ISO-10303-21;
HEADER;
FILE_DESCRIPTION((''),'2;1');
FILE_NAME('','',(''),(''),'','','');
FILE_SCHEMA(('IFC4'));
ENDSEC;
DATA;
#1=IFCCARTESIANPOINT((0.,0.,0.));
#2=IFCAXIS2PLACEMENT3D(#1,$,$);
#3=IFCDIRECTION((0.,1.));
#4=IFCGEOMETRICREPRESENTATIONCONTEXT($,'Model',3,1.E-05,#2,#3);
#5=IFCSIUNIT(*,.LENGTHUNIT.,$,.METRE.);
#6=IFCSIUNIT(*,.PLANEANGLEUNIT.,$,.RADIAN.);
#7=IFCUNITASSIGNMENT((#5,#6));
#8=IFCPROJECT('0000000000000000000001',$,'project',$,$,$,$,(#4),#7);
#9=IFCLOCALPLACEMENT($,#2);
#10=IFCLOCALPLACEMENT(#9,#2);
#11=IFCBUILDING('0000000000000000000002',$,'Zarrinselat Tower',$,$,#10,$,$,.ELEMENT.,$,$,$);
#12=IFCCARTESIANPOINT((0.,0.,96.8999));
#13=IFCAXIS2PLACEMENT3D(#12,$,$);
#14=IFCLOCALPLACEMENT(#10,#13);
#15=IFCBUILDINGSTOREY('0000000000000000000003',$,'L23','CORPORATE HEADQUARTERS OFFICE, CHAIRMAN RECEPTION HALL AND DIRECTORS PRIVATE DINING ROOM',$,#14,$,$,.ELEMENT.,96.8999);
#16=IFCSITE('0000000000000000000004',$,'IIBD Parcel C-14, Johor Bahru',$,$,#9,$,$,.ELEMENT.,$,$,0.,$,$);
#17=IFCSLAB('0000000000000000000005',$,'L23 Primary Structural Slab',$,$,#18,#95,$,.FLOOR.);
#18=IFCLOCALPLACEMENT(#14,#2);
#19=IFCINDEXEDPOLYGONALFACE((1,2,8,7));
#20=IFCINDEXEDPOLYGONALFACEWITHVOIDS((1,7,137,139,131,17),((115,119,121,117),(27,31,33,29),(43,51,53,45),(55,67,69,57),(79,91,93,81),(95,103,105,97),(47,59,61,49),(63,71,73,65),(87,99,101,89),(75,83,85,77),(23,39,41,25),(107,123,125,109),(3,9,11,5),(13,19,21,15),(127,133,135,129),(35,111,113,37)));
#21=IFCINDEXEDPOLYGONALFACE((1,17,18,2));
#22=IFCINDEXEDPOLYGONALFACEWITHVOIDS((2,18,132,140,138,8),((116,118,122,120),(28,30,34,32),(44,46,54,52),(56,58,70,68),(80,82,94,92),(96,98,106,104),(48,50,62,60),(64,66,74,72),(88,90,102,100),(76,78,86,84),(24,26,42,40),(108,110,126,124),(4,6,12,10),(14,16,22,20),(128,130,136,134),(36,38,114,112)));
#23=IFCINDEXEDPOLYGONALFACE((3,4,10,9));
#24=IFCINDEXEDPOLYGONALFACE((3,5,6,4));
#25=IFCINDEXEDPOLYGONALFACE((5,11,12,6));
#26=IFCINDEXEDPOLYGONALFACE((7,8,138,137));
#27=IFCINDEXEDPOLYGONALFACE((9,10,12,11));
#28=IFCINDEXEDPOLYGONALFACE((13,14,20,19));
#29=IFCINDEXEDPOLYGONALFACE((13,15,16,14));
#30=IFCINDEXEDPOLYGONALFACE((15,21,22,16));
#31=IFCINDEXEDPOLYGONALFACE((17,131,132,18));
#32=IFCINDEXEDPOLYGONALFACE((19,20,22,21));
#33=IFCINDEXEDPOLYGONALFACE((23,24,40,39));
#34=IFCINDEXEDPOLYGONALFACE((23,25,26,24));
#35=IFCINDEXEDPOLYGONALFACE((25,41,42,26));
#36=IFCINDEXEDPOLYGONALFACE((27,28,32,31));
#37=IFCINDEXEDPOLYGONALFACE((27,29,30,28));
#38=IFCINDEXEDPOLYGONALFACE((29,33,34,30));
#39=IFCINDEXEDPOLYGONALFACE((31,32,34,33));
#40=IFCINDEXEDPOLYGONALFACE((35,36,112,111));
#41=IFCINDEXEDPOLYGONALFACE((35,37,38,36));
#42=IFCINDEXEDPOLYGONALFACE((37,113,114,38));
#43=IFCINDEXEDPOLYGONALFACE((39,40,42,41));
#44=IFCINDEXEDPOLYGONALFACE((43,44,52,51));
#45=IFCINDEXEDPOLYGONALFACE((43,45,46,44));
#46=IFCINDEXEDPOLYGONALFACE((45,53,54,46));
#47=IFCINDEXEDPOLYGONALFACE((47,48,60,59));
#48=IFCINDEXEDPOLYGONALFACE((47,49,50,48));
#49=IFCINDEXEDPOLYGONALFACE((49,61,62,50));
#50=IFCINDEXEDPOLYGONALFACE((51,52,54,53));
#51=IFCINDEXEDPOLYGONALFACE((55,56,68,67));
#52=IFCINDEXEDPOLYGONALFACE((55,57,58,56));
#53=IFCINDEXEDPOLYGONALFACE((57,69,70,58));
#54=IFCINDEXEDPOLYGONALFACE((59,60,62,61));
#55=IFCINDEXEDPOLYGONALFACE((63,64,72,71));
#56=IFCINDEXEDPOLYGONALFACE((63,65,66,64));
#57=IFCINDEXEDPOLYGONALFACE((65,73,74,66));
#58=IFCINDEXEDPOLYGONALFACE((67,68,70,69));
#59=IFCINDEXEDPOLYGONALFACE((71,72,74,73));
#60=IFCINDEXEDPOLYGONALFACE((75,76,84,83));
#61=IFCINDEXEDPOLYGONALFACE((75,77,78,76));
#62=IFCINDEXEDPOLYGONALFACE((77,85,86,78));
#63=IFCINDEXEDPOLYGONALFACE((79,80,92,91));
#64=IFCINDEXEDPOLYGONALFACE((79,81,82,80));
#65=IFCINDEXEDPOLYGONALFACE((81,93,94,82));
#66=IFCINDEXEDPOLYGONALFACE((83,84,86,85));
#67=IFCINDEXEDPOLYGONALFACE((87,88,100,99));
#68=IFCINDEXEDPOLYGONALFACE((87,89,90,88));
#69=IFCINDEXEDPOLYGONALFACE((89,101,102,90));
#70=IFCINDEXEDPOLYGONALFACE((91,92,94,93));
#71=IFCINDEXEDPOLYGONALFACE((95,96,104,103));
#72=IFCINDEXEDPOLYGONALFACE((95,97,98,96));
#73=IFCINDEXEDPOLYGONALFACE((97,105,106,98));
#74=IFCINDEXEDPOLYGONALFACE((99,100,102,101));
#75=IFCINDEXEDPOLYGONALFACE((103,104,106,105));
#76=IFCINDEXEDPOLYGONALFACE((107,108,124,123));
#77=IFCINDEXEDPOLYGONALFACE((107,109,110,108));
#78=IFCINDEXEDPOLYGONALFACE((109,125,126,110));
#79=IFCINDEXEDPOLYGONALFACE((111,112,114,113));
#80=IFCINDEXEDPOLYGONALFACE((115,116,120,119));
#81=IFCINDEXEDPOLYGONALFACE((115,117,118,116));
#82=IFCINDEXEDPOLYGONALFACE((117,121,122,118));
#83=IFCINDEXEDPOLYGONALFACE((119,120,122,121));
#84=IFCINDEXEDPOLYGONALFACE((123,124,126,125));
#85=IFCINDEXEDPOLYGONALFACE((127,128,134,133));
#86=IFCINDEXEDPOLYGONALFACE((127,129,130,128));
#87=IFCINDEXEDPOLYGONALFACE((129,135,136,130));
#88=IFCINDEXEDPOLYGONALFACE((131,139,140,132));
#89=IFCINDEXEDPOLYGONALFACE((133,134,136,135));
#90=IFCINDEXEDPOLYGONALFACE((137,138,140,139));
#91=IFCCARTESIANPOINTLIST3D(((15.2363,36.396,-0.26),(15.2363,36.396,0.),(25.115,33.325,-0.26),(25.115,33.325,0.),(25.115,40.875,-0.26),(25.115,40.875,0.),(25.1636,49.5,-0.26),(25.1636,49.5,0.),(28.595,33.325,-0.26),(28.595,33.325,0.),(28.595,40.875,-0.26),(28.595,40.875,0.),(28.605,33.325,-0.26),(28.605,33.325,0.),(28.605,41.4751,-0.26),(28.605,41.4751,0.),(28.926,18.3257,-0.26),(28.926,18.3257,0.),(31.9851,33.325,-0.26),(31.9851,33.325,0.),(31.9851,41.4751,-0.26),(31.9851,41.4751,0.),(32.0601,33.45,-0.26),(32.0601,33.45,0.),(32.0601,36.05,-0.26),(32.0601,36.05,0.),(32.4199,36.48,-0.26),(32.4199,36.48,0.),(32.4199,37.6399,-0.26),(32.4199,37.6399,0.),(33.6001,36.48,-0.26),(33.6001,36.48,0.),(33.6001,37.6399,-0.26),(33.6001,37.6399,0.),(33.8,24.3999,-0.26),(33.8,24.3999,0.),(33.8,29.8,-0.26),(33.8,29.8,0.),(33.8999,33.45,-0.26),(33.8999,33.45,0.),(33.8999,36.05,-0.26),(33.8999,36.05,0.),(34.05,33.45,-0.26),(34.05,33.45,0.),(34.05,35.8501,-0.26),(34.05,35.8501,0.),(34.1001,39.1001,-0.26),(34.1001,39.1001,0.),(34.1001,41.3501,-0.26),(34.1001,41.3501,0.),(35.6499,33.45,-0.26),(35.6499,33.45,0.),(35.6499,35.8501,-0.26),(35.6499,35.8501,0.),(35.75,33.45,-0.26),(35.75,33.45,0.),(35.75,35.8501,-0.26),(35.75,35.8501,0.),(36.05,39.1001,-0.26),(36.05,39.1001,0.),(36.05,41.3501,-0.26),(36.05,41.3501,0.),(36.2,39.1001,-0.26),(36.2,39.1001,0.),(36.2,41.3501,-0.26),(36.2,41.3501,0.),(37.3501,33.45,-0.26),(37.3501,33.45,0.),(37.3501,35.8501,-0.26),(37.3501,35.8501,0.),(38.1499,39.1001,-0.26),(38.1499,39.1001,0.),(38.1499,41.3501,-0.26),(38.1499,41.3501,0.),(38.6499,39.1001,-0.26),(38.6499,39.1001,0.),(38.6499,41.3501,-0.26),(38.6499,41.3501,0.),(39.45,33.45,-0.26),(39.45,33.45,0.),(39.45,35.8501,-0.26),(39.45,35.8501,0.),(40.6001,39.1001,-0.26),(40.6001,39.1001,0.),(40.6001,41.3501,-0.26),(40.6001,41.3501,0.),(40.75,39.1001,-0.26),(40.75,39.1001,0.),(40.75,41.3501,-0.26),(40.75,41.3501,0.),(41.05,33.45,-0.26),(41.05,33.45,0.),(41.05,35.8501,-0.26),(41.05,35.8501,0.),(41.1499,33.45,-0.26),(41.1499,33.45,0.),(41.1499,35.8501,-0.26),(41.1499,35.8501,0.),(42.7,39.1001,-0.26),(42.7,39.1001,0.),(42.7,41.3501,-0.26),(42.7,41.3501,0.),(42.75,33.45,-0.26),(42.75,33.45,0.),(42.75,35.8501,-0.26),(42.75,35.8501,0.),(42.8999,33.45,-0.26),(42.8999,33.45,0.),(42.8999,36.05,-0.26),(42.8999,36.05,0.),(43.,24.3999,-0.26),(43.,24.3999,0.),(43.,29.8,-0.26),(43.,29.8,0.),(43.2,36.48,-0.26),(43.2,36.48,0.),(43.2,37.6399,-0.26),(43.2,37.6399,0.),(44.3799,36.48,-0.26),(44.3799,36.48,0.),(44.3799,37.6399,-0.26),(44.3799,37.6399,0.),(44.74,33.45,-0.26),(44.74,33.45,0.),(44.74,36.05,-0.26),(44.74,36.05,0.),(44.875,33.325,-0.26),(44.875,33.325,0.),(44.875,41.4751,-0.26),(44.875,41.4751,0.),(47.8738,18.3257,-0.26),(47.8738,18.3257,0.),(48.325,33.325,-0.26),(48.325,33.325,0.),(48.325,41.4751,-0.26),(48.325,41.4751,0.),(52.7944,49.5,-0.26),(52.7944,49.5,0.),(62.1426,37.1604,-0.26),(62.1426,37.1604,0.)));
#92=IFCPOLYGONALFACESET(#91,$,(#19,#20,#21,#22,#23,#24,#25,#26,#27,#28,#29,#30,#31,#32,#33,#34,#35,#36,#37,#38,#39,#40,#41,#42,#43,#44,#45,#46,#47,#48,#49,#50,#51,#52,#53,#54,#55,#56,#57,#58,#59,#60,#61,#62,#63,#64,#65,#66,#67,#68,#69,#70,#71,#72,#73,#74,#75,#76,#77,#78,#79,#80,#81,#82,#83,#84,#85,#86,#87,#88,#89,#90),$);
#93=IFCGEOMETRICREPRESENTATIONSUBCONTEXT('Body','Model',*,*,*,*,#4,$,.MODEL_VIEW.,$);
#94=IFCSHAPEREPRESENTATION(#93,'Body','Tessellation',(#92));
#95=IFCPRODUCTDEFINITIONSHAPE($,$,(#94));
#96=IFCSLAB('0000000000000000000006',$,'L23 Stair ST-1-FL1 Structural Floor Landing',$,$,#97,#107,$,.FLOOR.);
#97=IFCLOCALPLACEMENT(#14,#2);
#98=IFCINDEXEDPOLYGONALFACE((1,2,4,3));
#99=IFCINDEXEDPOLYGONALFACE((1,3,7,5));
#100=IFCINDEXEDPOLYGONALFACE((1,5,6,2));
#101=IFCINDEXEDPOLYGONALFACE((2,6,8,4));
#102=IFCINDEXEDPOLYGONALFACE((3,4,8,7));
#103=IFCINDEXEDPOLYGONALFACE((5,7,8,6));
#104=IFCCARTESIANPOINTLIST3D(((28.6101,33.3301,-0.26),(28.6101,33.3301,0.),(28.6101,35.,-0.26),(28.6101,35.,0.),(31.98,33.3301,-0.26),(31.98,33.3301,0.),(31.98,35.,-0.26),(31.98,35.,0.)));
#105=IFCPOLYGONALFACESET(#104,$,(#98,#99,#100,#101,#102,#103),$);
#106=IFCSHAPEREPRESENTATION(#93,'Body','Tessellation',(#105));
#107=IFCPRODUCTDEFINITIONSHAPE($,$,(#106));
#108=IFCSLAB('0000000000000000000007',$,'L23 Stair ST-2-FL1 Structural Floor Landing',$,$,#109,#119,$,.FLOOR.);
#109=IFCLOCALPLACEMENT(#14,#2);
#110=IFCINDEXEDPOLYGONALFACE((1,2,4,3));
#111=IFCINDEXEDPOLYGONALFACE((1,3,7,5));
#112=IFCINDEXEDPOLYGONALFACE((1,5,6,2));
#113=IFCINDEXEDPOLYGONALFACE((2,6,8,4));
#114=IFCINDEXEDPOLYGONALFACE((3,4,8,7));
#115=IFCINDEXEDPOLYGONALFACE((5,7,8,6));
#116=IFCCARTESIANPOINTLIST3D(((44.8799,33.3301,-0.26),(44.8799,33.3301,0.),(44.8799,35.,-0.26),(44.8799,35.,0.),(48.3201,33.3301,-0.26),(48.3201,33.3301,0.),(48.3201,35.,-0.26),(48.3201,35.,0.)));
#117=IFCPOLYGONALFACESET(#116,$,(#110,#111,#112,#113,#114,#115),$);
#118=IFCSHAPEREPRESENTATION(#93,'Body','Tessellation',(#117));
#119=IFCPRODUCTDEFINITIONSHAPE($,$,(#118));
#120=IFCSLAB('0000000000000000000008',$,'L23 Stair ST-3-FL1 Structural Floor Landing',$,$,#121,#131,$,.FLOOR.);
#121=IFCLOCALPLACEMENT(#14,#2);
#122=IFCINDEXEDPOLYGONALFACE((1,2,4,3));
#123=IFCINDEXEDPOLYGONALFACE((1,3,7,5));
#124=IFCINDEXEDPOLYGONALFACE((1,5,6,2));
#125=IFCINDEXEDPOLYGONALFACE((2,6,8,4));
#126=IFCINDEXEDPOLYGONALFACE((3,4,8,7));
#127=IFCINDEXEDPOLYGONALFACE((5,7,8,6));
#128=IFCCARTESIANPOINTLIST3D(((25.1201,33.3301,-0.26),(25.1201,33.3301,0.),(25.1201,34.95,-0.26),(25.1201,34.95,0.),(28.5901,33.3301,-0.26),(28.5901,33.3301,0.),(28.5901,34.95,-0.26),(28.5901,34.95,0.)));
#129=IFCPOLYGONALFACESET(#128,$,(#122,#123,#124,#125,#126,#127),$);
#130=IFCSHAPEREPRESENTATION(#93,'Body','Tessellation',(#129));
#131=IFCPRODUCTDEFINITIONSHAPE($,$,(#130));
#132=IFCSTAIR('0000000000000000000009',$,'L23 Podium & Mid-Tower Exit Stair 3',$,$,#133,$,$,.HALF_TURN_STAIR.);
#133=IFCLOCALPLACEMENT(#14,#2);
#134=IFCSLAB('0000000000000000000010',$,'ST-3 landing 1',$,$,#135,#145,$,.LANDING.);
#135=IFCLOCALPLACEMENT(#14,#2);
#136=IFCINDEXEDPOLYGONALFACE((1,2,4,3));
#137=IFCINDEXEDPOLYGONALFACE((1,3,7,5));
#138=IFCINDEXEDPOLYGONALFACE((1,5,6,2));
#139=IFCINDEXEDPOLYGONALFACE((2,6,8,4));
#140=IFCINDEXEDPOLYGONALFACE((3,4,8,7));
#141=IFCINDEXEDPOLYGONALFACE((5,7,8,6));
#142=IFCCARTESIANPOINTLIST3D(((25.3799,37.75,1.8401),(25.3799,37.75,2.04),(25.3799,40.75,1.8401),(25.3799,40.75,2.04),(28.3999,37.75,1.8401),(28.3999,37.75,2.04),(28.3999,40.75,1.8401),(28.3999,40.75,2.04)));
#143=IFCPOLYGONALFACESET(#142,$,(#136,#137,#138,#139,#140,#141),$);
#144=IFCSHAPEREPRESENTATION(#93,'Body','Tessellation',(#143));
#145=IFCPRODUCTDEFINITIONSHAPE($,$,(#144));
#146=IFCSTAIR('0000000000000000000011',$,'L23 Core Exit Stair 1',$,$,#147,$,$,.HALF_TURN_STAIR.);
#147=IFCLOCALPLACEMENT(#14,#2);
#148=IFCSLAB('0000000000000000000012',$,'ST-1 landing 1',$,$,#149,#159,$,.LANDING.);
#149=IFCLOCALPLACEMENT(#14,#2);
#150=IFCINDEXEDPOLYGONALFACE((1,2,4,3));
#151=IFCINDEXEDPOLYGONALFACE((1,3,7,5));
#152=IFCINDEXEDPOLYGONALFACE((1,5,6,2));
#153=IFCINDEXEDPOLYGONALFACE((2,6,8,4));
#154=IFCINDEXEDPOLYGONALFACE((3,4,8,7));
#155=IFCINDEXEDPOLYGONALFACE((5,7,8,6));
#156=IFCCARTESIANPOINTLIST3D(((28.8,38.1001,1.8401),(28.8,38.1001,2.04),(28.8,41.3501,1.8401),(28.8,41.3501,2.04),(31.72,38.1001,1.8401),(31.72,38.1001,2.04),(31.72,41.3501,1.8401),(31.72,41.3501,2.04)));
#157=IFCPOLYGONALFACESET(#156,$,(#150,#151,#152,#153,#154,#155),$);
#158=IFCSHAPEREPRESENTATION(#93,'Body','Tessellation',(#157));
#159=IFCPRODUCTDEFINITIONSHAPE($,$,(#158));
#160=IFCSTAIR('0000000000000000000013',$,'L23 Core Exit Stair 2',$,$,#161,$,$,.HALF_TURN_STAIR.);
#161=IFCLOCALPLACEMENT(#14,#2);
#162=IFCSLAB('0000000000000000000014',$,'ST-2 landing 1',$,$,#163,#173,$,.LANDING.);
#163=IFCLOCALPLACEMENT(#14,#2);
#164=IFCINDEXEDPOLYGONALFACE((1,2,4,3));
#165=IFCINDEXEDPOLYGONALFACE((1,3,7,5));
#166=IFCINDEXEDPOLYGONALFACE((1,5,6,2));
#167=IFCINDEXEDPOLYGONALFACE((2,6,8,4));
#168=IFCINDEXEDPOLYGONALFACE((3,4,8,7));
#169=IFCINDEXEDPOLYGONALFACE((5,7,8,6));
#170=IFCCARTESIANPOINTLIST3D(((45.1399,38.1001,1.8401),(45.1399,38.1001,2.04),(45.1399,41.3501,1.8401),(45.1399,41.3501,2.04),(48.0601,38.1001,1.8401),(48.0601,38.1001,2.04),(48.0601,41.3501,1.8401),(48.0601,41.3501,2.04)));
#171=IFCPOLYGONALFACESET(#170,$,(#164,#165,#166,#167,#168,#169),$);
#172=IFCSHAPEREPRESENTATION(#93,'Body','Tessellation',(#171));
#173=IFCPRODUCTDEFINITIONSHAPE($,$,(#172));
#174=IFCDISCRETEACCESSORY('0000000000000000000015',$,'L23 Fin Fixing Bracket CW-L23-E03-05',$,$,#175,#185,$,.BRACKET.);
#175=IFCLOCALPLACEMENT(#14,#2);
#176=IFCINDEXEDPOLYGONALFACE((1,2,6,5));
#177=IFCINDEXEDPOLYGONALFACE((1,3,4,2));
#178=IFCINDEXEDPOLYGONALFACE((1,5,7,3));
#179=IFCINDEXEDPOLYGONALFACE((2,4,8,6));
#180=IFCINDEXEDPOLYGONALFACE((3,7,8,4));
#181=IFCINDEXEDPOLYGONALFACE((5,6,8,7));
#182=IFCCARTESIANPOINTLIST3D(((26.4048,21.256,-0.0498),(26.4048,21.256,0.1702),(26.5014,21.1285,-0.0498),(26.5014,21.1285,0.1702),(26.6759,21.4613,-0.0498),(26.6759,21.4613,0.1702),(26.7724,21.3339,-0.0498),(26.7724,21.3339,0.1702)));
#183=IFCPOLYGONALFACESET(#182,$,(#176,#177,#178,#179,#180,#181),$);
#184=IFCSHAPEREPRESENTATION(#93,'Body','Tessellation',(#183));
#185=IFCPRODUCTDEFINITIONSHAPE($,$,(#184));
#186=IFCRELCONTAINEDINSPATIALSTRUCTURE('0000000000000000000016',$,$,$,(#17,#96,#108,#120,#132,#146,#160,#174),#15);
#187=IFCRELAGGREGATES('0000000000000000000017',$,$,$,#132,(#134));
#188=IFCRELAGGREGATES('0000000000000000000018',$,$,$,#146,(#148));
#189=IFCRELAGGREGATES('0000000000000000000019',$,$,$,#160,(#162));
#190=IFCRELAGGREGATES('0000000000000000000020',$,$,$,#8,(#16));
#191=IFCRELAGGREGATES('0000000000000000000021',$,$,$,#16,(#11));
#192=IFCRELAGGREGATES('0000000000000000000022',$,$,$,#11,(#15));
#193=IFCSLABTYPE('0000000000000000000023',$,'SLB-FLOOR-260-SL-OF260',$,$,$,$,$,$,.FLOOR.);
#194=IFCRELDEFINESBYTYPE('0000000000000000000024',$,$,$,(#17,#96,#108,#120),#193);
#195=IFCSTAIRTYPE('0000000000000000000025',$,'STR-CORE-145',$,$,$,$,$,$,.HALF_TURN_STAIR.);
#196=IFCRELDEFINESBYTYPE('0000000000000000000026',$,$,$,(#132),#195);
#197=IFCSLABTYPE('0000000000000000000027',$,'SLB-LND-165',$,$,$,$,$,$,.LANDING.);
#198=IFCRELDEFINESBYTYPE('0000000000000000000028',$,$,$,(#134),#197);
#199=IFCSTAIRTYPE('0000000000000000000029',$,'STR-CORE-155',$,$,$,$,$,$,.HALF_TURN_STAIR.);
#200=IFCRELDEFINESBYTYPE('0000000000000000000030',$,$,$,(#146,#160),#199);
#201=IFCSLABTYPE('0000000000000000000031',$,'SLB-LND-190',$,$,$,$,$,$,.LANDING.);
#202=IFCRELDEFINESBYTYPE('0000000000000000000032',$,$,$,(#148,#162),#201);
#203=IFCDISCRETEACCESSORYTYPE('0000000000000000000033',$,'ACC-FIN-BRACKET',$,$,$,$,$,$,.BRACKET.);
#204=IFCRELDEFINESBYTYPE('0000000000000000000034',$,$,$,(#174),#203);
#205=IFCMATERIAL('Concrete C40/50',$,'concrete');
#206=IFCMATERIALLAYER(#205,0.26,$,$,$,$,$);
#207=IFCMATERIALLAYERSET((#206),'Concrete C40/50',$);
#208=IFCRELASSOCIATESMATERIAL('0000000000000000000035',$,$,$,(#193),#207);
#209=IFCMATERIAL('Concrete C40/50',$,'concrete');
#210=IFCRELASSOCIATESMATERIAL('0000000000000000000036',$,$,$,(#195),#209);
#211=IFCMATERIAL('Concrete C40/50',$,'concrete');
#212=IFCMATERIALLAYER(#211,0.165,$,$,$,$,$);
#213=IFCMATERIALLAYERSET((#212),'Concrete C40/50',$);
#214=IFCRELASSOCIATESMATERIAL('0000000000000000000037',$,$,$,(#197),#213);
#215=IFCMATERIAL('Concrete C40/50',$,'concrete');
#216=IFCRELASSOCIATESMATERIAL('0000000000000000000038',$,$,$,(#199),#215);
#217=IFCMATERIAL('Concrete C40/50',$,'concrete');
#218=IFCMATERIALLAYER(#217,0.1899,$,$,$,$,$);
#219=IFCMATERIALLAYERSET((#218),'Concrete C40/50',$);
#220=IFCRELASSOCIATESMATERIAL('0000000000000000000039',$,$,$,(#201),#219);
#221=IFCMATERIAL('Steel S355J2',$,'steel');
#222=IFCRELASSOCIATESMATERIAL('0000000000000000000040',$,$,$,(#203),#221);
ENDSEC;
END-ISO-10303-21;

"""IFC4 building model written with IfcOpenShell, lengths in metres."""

from ifc_helpers import new_model, si_unit, direction, frame, origin, origin_2d, place, context, subcontext, project, spatial, polyline, rectangle, outline, extrude, material, layer, layer_set, type_object, element, aggregate, save


model = new_model("IFC4")

# Units and contexts
model_context = context("Model", 3, precision=1e-05, world=origin(), true_north=direction((0.0, 1.0)))
body_context = subcontext(model_context, "Body", "Model", "MODEL_VIEW")
ifc_project = project(units=[si_unit("LENGTHUNIT", "METRE"), si_unit("PLANEANGLEUNIT", "RADIAN")], contexts=[model_context])

# Site, building, storey
site_placement = place(None, origin())
site = spatial("IfcSite", under=ifc_project, at=site_placement, Name="IIBD Parcel C-14, Johor Bahru", CompositionType="ELEMENT", RefElevation=0.0)
building_placement = place(site_placement, origin())
building = spatial("IfcBuilding", under=site, at=building_placement, Name="Zarrinselat Tower", CompositionType="ELEMENT")
storey_placement = place(building_placement, frame((0.0, 0.0, 96.8999)))
storey = spatial("IfcBuildingStorey", under=building, at=storey_placement, Name="L23", Description="CORPORATE HEADQUARTERS OFFICE, CHAIRMAN RECEPTION HALL AND DIRECTORS PRIVATE DINING ROOM", CompositionType="ELEMENT", Elevation=96.8999)

# Slabs
ifc_material_1 = material(Name="Concrete C40/50", Category="concrete")
ifc_layer_1 = layer(ifc_material_1, 0.26)
ifc_layer_set_1 = layer_set([ifc_layer_1], Name="Concrete C40/50")
slab_type_1 = type_object("IfcSlabType", Name="SLB-FLOOR-260-SL-OF260", PredefinedType="FLOOR", material=ifc_layer_set_1)
slab_1_placement = place(storey_placement, frame((0.0, 0.0, -0.26)))
element("IfcSlab", 1, at=slab_1_placement, inside=storey, type_object=slab_type_1, Name="L23 Primary Structural Slab", PredefinedType="FLOOR", context=body_context, shape_type="SweptSolid", body=[
    extrude(outline(polyline([(52.7944, 49.5), (25.1636, 49.5), (15.2363, 36.396), (28.926, 18.3257), (47.8738, 18.3257), (62.1426, 37.1604), (52.7944, 49.5)]), holes=[polyline([(34.05, 33.45), (34.05, 35.8501), (35.6499, 35.8501), (35.6499, 33.45), (34.05, 33.45)]), polyline([(35.75, 33.45), (35.75, 35.8501), (37.3501, 35.8501), (37.3501, 33.45), (35.75, 33.45)]), polyline([(32.0601, 33.45), (32.0601, 36.05), (33.8999, 36.05), (33.8999, 33.45), (32.0601, 33.45)]), polyline([(32.4199, 36.48), (32.4199, 37.6399), (33.6001, 37.6399), (33.6001, 36.48), (32.4199, 36.48)]), polyline([(28.595, 33.325), (25.115, 33.325), (25.115, 40.875), (28.595, 40.875), (28.595, 33.325)]), polyline([(31.9851, 33.325), (28.605, 33.325), (28.605, 41.4751), (31.9851, 41.4751), (31.9851, 33.325)]), polyline([(34.1001, 39.1001), (34.1001, 41.3501), (36.05, 41.3501), (36.05, 39.1001), (34.1001, 39.1001)]), polyline([(36.2, 39.1001), (36.2, 41.3501), (38.1499, 41.3501), (38.1499, 39.1001), (36.2, 39.1001)]), polyline([(33.8, 24.3999), (33.8, 29.8), (43.0, 29.8), (43.0, 24.3999), (33.8, 24.3999)]), polyline([(39.45, 33.45), (39.45, 35.8501), (41.05, 35.8501), (41.05, 33.45), (39.45, 33.45)]), polyline([(41.1499, 33.45), (41.1499, 35.8501), (42.75, 35.8501), (42.75, 33.45), (41.1499, 33.45)]), polyline([(42.8999, 33.45), (42.8999, 36.05), (44.74, 36.05), (44.74, 33.45), (42.8999, 33.45)]), polyline([(43.2, 36.48), (43.2, 37.6399), (44.3799, 37.6399), (44.3799, 36.48), (43.2, 36.48)]), polyline([(48.325, 33.325), (44.875, 33.325), (44.875, 41.4751), (48.325, 41.4751), (48.325, 33.325)]), polyline([(38.6499, 39.1001), (38.6499, 41.3501), (40.6001, 41.3501), (40.6001, 39.1001), (38.6499, 39.1001)]), polyline([(40.75, 39.1001), (40.75, 41.3501), (42.7, 41.3501), (42.7, 39.1001), (40.75, 39.1001)])]), origin(), (0.0, 0.0, 1.0), 0.26),
])
slab_2_placement = place(storey_placement, frame((0.0, 0.0, -0.26)))
element("IfcSlab", 2, at=slab_2_placement, inside=storey, type_object=slab_type_1, Name="L23 Stair ST-1-FL1 Structural Floor Landing", PredefinedType="FLOOR", context=body_context, shape_type="SweptSolid", body=[
    extrude(outline(polyline([(31.98, 33.3301), (31.98, 35.0), (28.6101, 35.0), (28.6101, 33.3301), (31.98, 33.3301)])), origin(), (0.0, 0.0, 1.0), 0.26),
])
slab_3_placement = place(storey_placement, frame((0.0, 0.0, -0.26)))
element("IfcSlab", 3, at=slab_3_placement, inside=storey, type_object=slab_type_1, Name="L23 Stair ST-2-FL1 Structural Floor Landing", PredefinedType="FLOOR", context=body_context, shape_type="SweptSolid", body=[
    extrude(outline(polyline([(48.3201, 33.3301), (48.3201, 35.0), (44.8799, 35.0), (44.8799, 33.3301), (48.3201, 33.3301)])), origin(), (0.0, 0.0, 1.0), 0.26),
])
slab_4_placement = place(storey_placement, frame((0.0, 0.0, -0.26)))
element("IfcSlab", 4, at=slab_4_placement, inside=storey, type_object=slab_type_1, Name="L23 Stair ST-3-FL1 Structural Floor Landing", PredefinedType="FLOOR", context=body_context, shape_type="SweptSolid", body=[
    extrude(outline(polyline([(28.5901, 33.3301), (28.5901, 34.95), (25.1201, 34.95), (25.1201, 33.3301), (28.5901, 33.3301)])), origin(), (0.0, 0.0, 1.0), 0.26),
])

# Stairs, slabs
ifc_material_2 = material(Name="Concrete C40/50", Category="concrete")
stair_type_1 = type_object("IfcStairType", Name="STR-CORE-145", PredefinedType="HALF_TURN_STAIR", material=ifc_material_2)
stair_1_placement = place(storey_placement, origin())
stair_1 = element("IfcStair", 5, at=stair_1_placement, inside=storey, type_object=stair_type_1, Name="L23 Podium & Mid-Tower Exit Stair 3", PredefinedType="HALF_TURN_STAIR")
ifc_material_3 = material(Name="Concrete C40/50", Category="concrete")
ifc_layer_2 = layer(ifc_material_3, 0.165)
ifc_layer_set_2 = layer_set([ifc_layer_2], Name="Concrete C40/50")
slab_type_2 = type_object("IfcSlabType", Name="SLB-LND-165", PredefinedType="LANDING", material=ifc_layer_set_2)
slab_5_placement = place(storey_placement, frame((0.0, 0.0, 1.8401)))
slab_5 = element("IfcSlab", 6, at=slab_5_placement, type_object=slab_type_2, Name="ST-3 landing 1", PredefinedType="LANDING", context=body_context, shape_type="SweptSolid", body=[
    extrude(outline(polyline([(28.3999, 37.75), (28.3999, 40.75), (25.3799, 40.75), (25.3799, 37.75), (28.3999, 37.75)])), origin(), (0.0, 0.0, 1.0), 0.2),
])
aggregate(stair_1, [slab_5])
ifc_material_4 = material(Name="Concrete C40/50", Category="concrete")
stair_type_2 = type_object("IfcStairType", Name="STR-CORE-155", PredefinedType="HALF_TURN_STAIR", material=ifc_material_4)
stair_2_placement = place(storey_placement, origin())
stair_2 = element("IfcStair", 7, at=stair_2_placement, inside=storey, type_object=stair_type_2, Name="L23 Core Exit Stair 1", PredefinedType="HALF_TURN_STAIR")
ifc_material_5 = material(Name="Concrete C40/50", Category="concrete")
ifc_layer_3 = layer(ifc_material_5, 0.1899)
ifc_layer_set_3 = layer_set([ifc_layer_3], Name="Concrete C40/50")
slab_type_3 = type_object("IfcSlabType", Name="SLB-LND-190", PredefinedType="LANDING", material=ifc_layer_set_3)
slab_6_placement = place(storey_placement, frame((0.0, 0.0, 1.8401)))
slab_6 = element("IfcSlab", 8, at=slab_6_placement, type_object=slab_type_3, Name="ST-1 landing 1", PredefinedType="LANDING", context=body_context, shape_type="SweptSolid", body=[
    extrude(outline(polyline([(31.72, 38.1001), (31.72, 41.3501), (28.8, 41.3501), (28.8, 38.1001), (31.72, 38.1001)])), origin(), (0.0, 0.0, 1.0), 0.2),
])
aggregate(stair_2, [slab_6])
stair_3_placement = place(storey_placement, origin())
stair_3 = element("IfcStair", 9, at=stair_3_placement, inside=storey, type_object=stair_type_2, Name="L23 Core Exit Stair 2", PredefinedType="HALF_TURN_STAIR")
slab_7_placement = place(storey_placement, frame((0.0, 0.0, 1.8401)))
slab_7 = element("IfcSlab", 10, at=slab_7_placement, type_object=slab_type_3, Name="ST-2 landing 1", PredefinedType="LANDING", context=body_context, shape_type="SweptSolid", body=[
    extrude(outline(polyline([(48.0601, 38.1001), (48.0601, 41.3501), (45.1399, 41.3501), (45.1399, 38.1001), (48.0601, 38.1001)])), origin(), (0.0, 0.0, 1.0), 0.2),
])
aggregate(stair_3, [slab_7])

# Discrete accessory
ifc_material_6 = material(Name="Steel S355J2", Category="steel")
discrete_accessory_type = type_object("IfcDiscreteAccessoryType", Name="ACC-FIN-BRACKET", PredefinedType="BRACKET", material=ifc_material_6)
discrete_accessory_placement = place(storey_placement, frame((26.5886, 21.2949, -0.0498), z_axis=(0.0, 0.0, 1.0), x_axis=(-0.797092, -0.603858, 0.0)))
element("IfcDiscreteAccessory", 11, at=discrete_accessory_placement, inside=storey, type_object=discrete_accessory_type, Name="L23 Fin Fixing Bracket CW-L23-E03-05", PredefinedType="BRACKET", context=body_context, shape_type="SweptSolid", body=[
    extrude(rectangle(XDim=0.3401, YDim=0.1599, at=origin_2d()), origin(), (0.0, 0.0, 1.0), 0.22),
])

save(model, "model.ifc")
